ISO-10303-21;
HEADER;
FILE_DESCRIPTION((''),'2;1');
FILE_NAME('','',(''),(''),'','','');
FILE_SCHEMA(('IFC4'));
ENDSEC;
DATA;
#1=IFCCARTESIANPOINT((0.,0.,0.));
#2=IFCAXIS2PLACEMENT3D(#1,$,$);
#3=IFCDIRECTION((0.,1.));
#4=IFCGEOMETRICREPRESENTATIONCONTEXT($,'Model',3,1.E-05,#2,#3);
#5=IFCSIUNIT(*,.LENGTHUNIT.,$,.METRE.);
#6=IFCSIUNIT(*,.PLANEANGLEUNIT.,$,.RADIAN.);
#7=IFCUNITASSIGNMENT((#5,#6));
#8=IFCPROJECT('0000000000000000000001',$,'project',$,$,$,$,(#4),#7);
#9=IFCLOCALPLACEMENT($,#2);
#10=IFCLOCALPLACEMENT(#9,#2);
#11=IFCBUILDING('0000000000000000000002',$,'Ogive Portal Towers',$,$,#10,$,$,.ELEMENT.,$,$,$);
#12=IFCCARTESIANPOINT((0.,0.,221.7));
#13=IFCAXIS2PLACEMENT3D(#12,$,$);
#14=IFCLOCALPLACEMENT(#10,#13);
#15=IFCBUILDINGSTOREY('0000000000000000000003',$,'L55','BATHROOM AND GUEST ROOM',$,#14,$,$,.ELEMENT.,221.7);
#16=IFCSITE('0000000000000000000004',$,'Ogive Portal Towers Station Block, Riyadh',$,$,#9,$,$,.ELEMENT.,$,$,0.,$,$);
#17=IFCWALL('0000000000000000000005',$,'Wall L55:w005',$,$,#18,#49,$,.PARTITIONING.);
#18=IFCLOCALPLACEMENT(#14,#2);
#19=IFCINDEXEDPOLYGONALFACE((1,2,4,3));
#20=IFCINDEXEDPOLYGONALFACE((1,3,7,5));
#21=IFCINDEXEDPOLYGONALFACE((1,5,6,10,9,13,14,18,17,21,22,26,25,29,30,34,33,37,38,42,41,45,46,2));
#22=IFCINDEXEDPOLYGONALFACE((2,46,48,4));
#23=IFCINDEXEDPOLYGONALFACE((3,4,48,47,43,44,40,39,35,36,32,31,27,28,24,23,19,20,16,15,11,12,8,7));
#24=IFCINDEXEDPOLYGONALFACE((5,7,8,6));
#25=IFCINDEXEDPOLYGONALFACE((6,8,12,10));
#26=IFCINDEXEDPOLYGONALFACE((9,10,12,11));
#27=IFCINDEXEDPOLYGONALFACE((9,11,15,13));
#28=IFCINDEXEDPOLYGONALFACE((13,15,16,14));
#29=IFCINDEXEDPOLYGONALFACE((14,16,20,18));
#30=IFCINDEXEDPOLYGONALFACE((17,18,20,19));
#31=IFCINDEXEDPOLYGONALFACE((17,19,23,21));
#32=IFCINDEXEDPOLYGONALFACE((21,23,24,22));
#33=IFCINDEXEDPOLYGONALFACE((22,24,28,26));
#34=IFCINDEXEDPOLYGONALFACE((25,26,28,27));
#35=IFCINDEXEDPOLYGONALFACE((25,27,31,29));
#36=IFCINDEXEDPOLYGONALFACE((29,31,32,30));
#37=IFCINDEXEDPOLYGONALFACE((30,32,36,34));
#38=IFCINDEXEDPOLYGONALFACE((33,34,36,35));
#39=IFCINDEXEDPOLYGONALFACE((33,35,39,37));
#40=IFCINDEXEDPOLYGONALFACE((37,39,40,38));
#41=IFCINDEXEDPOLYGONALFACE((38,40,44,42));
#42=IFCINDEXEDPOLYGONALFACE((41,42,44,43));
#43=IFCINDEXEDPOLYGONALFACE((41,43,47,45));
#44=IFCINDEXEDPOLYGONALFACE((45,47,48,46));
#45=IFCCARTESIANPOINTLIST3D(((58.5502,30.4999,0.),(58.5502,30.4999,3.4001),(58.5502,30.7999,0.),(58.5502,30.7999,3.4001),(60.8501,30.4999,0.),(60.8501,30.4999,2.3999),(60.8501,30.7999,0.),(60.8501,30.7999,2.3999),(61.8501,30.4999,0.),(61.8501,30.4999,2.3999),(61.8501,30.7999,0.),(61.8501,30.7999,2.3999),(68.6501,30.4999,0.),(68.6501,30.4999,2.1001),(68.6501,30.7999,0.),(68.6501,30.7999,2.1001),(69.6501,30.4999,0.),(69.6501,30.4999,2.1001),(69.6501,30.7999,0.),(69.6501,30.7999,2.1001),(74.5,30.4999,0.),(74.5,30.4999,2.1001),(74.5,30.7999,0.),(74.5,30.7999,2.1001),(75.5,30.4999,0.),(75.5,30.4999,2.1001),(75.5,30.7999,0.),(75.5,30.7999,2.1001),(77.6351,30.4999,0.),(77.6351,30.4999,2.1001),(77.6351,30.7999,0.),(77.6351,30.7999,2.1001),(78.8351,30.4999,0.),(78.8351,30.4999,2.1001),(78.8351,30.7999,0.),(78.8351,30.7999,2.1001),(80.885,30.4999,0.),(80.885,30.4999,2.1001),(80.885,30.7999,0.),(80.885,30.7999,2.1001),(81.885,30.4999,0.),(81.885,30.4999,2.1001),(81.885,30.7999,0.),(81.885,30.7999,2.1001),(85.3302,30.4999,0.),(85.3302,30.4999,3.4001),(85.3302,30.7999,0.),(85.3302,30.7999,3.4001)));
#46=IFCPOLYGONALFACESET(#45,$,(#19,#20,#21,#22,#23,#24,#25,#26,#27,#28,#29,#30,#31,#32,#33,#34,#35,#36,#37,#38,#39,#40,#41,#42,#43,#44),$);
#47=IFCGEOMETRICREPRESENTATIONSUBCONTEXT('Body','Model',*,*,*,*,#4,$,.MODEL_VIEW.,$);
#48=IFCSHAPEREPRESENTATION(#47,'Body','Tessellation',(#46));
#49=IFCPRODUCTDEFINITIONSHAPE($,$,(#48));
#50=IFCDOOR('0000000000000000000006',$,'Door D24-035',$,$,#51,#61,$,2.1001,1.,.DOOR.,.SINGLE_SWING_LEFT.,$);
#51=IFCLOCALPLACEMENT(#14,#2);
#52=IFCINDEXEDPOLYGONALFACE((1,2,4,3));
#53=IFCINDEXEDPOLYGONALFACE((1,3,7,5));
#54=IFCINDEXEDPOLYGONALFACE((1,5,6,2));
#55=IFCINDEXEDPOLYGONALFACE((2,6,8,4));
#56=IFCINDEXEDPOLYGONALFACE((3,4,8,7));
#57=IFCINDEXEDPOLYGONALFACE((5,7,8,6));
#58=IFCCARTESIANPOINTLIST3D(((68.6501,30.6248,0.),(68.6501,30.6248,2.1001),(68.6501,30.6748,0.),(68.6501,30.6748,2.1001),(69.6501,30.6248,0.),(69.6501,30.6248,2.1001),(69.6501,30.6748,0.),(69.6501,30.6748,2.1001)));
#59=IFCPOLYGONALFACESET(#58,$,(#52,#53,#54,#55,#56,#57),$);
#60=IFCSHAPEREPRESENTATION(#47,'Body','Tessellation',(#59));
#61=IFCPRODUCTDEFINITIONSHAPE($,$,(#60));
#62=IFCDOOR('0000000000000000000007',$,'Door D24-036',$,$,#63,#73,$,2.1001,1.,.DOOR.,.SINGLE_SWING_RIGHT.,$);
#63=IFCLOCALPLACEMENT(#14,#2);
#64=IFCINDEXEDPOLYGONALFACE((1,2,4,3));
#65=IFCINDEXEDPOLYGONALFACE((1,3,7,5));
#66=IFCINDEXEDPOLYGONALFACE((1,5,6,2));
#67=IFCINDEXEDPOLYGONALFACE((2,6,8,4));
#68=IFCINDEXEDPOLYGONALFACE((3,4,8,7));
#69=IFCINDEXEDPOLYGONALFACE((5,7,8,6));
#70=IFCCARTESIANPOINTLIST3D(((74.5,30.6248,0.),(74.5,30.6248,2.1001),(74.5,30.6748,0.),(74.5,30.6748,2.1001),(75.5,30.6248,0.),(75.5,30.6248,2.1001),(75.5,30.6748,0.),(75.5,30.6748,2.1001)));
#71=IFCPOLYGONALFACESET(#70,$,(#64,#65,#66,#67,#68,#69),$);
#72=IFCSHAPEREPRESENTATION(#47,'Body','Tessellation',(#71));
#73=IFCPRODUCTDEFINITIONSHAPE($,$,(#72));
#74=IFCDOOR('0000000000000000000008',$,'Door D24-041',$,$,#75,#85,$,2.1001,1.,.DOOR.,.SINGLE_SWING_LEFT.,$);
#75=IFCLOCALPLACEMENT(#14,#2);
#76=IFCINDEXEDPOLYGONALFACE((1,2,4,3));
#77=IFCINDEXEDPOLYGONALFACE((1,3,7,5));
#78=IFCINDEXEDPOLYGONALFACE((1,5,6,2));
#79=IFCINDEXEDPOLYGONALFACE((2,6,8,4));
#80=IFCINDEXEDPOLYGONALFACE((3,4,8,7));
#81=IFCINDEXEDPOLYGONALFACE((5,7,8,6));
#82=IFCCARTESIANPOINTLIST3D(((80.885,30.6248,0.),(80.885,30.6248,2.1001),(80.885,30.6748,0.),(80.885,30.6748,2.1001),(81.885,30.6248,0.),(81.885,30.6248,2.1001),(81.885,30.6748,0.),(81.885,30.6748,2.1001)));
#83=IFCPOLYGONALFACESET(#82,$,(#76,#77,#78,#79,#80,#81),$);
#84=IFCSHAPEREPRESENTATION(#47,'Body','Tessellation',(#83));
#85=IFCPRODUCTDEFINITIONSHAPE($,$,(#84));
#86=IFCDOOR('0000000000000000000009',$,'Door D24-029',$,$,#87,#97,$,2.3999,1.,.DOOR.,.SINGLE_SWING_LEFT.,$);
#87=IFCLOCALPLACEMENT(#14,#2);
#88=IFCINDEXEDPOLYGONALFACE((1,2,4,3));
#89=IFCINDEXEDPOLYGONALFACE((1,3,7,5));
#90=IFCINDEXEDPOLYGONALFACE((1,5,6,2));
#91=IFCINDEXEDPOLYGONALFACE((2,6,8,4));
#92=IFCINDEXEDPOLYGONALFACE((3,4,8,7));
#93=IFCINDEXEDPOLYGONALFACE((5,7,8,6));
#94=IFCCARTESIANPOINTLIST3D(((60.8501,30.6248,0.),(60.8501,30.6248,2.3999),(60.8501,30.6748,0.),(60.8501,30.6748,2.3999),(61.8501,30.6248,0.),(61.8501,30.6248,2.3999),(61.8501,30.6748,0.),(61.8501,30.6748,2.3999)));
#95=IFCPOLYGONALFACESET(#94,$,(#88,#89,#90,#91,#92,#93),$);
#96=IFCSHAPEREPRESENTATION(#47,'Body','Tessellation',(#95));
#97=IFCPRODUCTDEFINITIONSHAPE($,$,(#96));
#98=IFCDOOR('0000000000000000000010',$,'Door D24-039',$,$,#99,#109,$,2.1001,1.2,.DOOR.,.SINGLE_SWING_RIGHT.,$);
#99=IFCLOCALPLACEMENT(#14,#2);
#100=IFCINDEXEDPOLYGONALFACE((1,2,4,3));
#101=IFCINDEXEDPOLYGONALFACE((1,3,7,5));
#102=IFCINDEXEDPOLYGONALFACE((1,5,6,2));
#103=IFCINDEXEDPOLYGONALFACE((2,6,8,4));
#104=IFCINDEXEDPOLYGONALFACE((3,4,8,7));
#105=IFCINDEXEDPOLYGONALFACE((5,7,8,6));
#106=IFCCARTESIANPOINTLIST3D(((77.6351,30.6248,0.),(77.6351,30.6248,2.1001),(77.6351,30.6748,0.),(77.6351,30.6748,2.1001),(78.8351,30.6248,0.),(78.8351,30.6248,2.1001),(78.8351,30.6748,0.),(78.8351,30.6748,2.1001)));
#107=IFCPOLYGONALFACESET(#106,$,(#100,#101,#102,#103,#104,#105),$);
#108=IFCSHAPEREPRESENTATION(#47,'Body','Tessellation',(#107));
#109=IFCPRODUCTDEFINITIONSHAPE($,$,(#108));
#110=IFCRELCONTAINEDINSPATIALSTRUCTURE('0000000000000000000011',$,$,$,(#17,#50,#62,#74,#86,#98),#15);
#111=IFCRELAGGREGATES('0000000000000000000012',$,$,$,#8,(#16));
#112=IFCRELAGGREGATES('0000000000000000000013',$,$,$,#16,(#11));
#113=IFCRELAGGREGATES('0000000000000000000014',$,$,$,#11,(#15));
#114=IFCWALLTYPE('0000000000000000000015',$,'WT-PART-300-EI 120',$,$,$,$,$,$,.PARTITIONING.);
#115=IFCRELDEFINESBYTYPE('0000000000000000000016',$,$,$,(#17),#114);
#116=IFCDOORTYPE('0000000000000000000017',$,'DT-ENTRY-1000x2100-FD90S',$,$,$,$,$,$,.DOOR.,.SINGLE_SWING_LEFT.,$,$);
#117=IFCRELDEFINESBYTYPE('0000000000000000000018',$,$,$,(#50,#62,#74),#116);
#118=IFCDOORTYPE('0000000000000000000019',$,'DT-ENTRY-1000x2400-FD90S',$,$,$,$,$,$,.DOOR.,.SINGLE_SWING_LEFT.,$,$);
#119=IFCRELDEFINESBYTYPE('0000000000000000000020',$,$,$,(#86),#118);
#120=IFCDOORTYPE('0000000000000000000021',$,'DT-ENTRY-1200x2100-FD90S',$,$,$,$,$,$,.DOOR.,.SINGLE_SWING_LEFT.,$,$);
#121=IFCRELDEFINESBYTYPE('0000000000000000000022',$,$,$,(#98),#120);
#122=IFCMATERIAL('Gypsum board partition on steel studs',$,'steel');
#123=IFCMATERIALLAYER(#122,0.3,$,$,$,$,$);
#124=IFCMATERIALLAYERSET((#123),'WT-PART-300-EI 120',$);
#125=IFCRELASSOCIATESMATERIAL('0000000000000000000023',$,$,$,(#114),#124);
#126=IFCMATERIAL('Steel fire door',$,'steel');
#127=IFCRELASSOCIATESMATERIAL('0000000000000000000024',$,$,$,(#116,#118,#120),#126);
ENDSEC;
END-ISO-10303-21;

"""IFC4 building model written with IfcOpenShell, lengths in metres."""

from ifc_helpers import new_model, si_unit, direction, frame, frame_2d, origin, place, context, subcontext, project, spatial, rectangle, extrude, material, layer, layer_set, type_object, element, fill, save


model = new_model("IFC4")

# Units and contexts
model_context = context("Model", 3, precision=1e-05, world=origin(), true_north=direction((0.0, 1.0)))
body_context = subcontext(model_context, "Body", "Model", "MODEL_VIEW")
ifc_project = project(units=[si_unit("LENGTHUNIT", "METRE"), si_unit("PLANEANGLEUNIT", "RADIAN")], contexts=[model_context])

# Site, building, storey
site_placement = place(None, origin())
site = spatial("IfcSite", under=ifc_project, at=site_placement, Name="Ogive Portal Towers Station Block, Riyadh", CompositionType="ELEMENT", RefElevation=0.0)
building_placement = place(site_placement, origin())
building = spatial("IfcBuilding", under=site, at=building_placement, Name="Ogive Portal Towers", CompositionType="ELEMENT")
storey_placement = place(building_placement, frame((0.0, 0.0, 221.7)))
storey = spatial("IfcBuildingStorey", under=building, at=storey_placement, Name="L55", Description="BATHROOM AND GUEST ROOM", CompositionType="ELEMENT", Elevation=221.7)

# Wall, openings, doors
ifc_material_1 = material(Name="Gypsum board partition on steel studs", Category="steel")
ifc_layer_1 = layer(ifc_material_1, 0.3)
ifc_layer_set_1 = layer_set([ifc_layer_1], Name="WT-PART-300-EI 120")
wall_type_1 = type_object("IfcWallType", Name="WT-PART-300-EI 120", PredefinedType="PARTITIONING", material=ifc_layer_set_1)
wall_1_placement = place(storey_placement, frame((58.55, 30.6499, 0.0), z_axis=(0.0, 0.0, 1.0), x_axis=(1.0, 0.0, 0.0)))
wall_1 = element("IfcWall", 1, at=wall_1_placement, inside=storey, type_object=wall_type_1, Name="Wall L55:w005", PredefinedType="PARTITIONING", context=body_context, shape_type="SweptSolid", body=[
    extrude(rectangle(XDim=26.78, YDim=0.3, at=frame_2d((13.3901, 0.0))), origin(), (0.0, 0.0, 1.0), 3.4001),
])
opening_1_placement = place(wall_1_placement, frame((2.3, 0.0, 0.0)))
opening_1 = element("IfcOpeningElement", 2, at=opening_1_placement, cuts=wall_1, PredefinedType="OPENING", context=body_context, shape_type="SweptSolid", body=[
    extrude(rectangle(XDim=1.0, YDim=2.3999, at=frame_2d((0.5, 1.2))), frame((0.0, 0.1602, 0.0), z_axis=(0.0, -1.0, 0.0), x_axis=(1.0, 0.0, 0.0)), (0.0, 0.0, 1.0), 0.3201),
])
opening_2_placement = place(wall_1_placement, frame((10.1001, 0.0, 0.0)))
opening_2 = element("IfcOpeningElement", 3, at=opening_2_placement, cuts=wall_1, PredefinedType="OPENING", context=body_context, shape_type="SweptSolid", body=[
    extrude(rectangle(XDim=1.0, YDim=2.1001, at=frame_2d((0.5, 1.05))), frame((0.0, 0.1602, 0.0), z_axis=(0.0, -1.0, 0.0), x_axis=(1.0, 0.0, 0.0)), (0.0, 0.0, 1.0), 0.3201),
])
opening_3_placement = place(wall_1_placement, frame((15.95, 0.0, 0.0)))
opening_3 = element("IfcOpeningElement", 4, at=opening_3_placement, cuts=wall_1, PredefinedType="OPENING", context=body_context, shape_type="SweptSolid", body=[
    extrude(rectangle(XDim=1.0, YDim=2.1001, at=frame_2d((0.5, 1.05))), frame((0.0, 0.1602, 0.0), z_axis=(0.0, -1.0, 0.0), x_axis=(1.0, 0.0, 0.0)), (0.0, 0.0, 1.0), 0.3201),
])
opening_4_placement = place(wall_1_placement, frame((19.085, 0.0, 0.0)))
opening_4 = element("IfcOpeningElement", 5, at=opening_4_placement, cuts=wall_1, PredefinedType="OPENING", context=body_context, shape_type="SweptSolid", body=[
    extrude(rectangle(XDim=1.2, YDim=2.1001, at=frame_2d((0.6001, 1.05))), frame((0.0, 0.1602, 0.0), z_axis=(0.0, -1.0, 0.0), x_axis=(1.0, 0.0, 0.0)), (0.0, 0.0, 1.0), 0.3201),
])
opening_5_placement = place(wall_1_placement, frame((22.335, 0.0, 0.0)))
opening_5 = element("IfcOpeningElement", 6, at=opening_5_placement, cuts=wall_1, PredefinedType="OPENING", context=body_context, shape_type="SweptSolid", body=[
    extrude(rectangle(XDim=1.0, YDim=2.1001, at=frame_2d((0.5, 1.05))), frame((0.0, 0.1602, 0.0), z_axis=(0.0, -1.0, 0.0), x_axis=(1.0, 0.0, 0.0)), (0.0, 0.0, 1.0), 0.3201),
])
ifc_material_2 = material(Name="Steel fire door", Category="steel")
door_type_1 = type_object("IfcDoorType", Name="DT-ENTRY-1000x2100-FD90S", OperationType="SINGLE_SWING_LEFT", PredefinedType="DOOR", material=ifc_material_2)
door_1_placement = place(opening_2_placement, origin())
door_1 = element("IfcDoor", 7, at=door_1_placement, inside=storey, type_object=door_type_1, Name="Door D24-035", OperationType="SINGLE_SWING_LEFT", OverallHeight=2.1001, OverallWidth=1.0, PredefinedType="DOOR", context=body_context, shape_type="SweptSolid", body=[
    extrude(rectangle(XDim=1.0, YDim=2.1001, at=frame_2d((0.5, 1.05))), frame((0.0, 0.0249, 0.0), z_axis=(0.0, -1.0, 0.0), x_axis=(1.0, 0.0, 0.0)), (0.0, 0.0, 1.0), 0.05),
])
fill(opening_2, door_1)
door_2_placement = place(opening_3_placement, origin())
door_2 = element("IfcDoor", 8, at=door_2_placement, inside=storey, type_object=door_type_1, Name="Door D24-036", OperationType="SINGLE_SWING_RIGHT", OverallHeight=2.1001, OverallWidth=1.0, PredefinedType="DOOR", context=body_context, shape_type="SweptSolid", body=[
    extrude(rectangle(XDim=1.0, YDim=2.1001, at=frame_2d((0.5, 1.05))), frame((0.0, 0.0249, 0.0), z_axis=(0.0, -1.0, 0.0), x_axis=(1.0, 0.0, 0.0)), (0.0, 0.0, 1.0), 0.05),
])
fill(opening_3, door_2)
door_3_placement = place(opening_5_placement, origin())
door_3 = element("IfcDoor", 9, at=door_3_placement, inside=storey, type_object=door_type_1, Name="Door D24-041", OperationType="SINGLE_SWING_LEFT", OverallHeight=2.1001, OverallWidth=1.0, PredefinedType="DOOR", context=body_context, shape_type="SweptSolid", body=[
    extrude(rectangle(XDim=1.0, YDim=2.1001, at=frame_2d((0.5, 1.05))), frame((0.0, 0.0249, 0.0), z_axis=(0.0, -1.0, 0.0), x_axis=(1.0, 0.0, 0.0)), (0.0, 0.0, 1.0), 0.05),
])
fill(opening_5, door_3)
door_type_2 = type_object("IfcDoorType", Name="DT-ENTRY-1000x2400-FD90S", OperationType="SINGLE_SWING_LEFT", PredefinedType="DOOR", material=ifc_material_2)
door_4_placement = place(opening_1_placement, origin())
door_4 = element("IfcDoor", 10, at=door_4_placement, inside=storey, type_object=door_type_2, Name="Door D24-029", OperationType="SINGLE_SWING_LEFT", OverallHeight=2.3999, OverallWidth=1.0, PredefinedType="DOOR", context=body_context, shape_type="SweptSolid", body=[
    extrude(rectangle(XDim=1.0, YDim=2.3999, at=frame_2d((0.5, 1.2))), frame((0.0, 0.0249, 0.0), z_axis=(0.0, -1.0, 0.0), x_axis=(1.0, 0.0, 0.0)), (0.0, 0.0, 1.0), 0.05),
])
fill(opening_1, door_4)
door_type_3 = type_object("IfcDoorType", Name="DT-ENTRY-1200x2100-FD90S", OperationType="SINGLE_SWING_LEFT", PredefinedType="DOOR", material=ifc_material_2)
door_5_placement = place(opening_4_placement, origin())
door_5 = element("IfcDoor", 11, at=door_5_placement, inside=storey, type_object=door_type_3, Name="Door D24-039", OperationType="SINGLE_SWING_RIGHT", OverallHeight=2.1001, OverallWidth=1.2, PredefinedType="DOOR", context=body_context, shape_type="SweptSolid", body=[
    extrude(rectangle(XDim=1.2, YDim=2.1001, at=frame_2d((0.6001, 1.05))), frame((0.0, 0.0249, 0.0), z_axis=(0.0, -1.0, 0.0), x_axis=(1.0, 0.0, 0.0)), (0.0, 0.0, 1.0), 0.05),
])
fill(opening_4, door_5)

save(model, "model.ifc")
